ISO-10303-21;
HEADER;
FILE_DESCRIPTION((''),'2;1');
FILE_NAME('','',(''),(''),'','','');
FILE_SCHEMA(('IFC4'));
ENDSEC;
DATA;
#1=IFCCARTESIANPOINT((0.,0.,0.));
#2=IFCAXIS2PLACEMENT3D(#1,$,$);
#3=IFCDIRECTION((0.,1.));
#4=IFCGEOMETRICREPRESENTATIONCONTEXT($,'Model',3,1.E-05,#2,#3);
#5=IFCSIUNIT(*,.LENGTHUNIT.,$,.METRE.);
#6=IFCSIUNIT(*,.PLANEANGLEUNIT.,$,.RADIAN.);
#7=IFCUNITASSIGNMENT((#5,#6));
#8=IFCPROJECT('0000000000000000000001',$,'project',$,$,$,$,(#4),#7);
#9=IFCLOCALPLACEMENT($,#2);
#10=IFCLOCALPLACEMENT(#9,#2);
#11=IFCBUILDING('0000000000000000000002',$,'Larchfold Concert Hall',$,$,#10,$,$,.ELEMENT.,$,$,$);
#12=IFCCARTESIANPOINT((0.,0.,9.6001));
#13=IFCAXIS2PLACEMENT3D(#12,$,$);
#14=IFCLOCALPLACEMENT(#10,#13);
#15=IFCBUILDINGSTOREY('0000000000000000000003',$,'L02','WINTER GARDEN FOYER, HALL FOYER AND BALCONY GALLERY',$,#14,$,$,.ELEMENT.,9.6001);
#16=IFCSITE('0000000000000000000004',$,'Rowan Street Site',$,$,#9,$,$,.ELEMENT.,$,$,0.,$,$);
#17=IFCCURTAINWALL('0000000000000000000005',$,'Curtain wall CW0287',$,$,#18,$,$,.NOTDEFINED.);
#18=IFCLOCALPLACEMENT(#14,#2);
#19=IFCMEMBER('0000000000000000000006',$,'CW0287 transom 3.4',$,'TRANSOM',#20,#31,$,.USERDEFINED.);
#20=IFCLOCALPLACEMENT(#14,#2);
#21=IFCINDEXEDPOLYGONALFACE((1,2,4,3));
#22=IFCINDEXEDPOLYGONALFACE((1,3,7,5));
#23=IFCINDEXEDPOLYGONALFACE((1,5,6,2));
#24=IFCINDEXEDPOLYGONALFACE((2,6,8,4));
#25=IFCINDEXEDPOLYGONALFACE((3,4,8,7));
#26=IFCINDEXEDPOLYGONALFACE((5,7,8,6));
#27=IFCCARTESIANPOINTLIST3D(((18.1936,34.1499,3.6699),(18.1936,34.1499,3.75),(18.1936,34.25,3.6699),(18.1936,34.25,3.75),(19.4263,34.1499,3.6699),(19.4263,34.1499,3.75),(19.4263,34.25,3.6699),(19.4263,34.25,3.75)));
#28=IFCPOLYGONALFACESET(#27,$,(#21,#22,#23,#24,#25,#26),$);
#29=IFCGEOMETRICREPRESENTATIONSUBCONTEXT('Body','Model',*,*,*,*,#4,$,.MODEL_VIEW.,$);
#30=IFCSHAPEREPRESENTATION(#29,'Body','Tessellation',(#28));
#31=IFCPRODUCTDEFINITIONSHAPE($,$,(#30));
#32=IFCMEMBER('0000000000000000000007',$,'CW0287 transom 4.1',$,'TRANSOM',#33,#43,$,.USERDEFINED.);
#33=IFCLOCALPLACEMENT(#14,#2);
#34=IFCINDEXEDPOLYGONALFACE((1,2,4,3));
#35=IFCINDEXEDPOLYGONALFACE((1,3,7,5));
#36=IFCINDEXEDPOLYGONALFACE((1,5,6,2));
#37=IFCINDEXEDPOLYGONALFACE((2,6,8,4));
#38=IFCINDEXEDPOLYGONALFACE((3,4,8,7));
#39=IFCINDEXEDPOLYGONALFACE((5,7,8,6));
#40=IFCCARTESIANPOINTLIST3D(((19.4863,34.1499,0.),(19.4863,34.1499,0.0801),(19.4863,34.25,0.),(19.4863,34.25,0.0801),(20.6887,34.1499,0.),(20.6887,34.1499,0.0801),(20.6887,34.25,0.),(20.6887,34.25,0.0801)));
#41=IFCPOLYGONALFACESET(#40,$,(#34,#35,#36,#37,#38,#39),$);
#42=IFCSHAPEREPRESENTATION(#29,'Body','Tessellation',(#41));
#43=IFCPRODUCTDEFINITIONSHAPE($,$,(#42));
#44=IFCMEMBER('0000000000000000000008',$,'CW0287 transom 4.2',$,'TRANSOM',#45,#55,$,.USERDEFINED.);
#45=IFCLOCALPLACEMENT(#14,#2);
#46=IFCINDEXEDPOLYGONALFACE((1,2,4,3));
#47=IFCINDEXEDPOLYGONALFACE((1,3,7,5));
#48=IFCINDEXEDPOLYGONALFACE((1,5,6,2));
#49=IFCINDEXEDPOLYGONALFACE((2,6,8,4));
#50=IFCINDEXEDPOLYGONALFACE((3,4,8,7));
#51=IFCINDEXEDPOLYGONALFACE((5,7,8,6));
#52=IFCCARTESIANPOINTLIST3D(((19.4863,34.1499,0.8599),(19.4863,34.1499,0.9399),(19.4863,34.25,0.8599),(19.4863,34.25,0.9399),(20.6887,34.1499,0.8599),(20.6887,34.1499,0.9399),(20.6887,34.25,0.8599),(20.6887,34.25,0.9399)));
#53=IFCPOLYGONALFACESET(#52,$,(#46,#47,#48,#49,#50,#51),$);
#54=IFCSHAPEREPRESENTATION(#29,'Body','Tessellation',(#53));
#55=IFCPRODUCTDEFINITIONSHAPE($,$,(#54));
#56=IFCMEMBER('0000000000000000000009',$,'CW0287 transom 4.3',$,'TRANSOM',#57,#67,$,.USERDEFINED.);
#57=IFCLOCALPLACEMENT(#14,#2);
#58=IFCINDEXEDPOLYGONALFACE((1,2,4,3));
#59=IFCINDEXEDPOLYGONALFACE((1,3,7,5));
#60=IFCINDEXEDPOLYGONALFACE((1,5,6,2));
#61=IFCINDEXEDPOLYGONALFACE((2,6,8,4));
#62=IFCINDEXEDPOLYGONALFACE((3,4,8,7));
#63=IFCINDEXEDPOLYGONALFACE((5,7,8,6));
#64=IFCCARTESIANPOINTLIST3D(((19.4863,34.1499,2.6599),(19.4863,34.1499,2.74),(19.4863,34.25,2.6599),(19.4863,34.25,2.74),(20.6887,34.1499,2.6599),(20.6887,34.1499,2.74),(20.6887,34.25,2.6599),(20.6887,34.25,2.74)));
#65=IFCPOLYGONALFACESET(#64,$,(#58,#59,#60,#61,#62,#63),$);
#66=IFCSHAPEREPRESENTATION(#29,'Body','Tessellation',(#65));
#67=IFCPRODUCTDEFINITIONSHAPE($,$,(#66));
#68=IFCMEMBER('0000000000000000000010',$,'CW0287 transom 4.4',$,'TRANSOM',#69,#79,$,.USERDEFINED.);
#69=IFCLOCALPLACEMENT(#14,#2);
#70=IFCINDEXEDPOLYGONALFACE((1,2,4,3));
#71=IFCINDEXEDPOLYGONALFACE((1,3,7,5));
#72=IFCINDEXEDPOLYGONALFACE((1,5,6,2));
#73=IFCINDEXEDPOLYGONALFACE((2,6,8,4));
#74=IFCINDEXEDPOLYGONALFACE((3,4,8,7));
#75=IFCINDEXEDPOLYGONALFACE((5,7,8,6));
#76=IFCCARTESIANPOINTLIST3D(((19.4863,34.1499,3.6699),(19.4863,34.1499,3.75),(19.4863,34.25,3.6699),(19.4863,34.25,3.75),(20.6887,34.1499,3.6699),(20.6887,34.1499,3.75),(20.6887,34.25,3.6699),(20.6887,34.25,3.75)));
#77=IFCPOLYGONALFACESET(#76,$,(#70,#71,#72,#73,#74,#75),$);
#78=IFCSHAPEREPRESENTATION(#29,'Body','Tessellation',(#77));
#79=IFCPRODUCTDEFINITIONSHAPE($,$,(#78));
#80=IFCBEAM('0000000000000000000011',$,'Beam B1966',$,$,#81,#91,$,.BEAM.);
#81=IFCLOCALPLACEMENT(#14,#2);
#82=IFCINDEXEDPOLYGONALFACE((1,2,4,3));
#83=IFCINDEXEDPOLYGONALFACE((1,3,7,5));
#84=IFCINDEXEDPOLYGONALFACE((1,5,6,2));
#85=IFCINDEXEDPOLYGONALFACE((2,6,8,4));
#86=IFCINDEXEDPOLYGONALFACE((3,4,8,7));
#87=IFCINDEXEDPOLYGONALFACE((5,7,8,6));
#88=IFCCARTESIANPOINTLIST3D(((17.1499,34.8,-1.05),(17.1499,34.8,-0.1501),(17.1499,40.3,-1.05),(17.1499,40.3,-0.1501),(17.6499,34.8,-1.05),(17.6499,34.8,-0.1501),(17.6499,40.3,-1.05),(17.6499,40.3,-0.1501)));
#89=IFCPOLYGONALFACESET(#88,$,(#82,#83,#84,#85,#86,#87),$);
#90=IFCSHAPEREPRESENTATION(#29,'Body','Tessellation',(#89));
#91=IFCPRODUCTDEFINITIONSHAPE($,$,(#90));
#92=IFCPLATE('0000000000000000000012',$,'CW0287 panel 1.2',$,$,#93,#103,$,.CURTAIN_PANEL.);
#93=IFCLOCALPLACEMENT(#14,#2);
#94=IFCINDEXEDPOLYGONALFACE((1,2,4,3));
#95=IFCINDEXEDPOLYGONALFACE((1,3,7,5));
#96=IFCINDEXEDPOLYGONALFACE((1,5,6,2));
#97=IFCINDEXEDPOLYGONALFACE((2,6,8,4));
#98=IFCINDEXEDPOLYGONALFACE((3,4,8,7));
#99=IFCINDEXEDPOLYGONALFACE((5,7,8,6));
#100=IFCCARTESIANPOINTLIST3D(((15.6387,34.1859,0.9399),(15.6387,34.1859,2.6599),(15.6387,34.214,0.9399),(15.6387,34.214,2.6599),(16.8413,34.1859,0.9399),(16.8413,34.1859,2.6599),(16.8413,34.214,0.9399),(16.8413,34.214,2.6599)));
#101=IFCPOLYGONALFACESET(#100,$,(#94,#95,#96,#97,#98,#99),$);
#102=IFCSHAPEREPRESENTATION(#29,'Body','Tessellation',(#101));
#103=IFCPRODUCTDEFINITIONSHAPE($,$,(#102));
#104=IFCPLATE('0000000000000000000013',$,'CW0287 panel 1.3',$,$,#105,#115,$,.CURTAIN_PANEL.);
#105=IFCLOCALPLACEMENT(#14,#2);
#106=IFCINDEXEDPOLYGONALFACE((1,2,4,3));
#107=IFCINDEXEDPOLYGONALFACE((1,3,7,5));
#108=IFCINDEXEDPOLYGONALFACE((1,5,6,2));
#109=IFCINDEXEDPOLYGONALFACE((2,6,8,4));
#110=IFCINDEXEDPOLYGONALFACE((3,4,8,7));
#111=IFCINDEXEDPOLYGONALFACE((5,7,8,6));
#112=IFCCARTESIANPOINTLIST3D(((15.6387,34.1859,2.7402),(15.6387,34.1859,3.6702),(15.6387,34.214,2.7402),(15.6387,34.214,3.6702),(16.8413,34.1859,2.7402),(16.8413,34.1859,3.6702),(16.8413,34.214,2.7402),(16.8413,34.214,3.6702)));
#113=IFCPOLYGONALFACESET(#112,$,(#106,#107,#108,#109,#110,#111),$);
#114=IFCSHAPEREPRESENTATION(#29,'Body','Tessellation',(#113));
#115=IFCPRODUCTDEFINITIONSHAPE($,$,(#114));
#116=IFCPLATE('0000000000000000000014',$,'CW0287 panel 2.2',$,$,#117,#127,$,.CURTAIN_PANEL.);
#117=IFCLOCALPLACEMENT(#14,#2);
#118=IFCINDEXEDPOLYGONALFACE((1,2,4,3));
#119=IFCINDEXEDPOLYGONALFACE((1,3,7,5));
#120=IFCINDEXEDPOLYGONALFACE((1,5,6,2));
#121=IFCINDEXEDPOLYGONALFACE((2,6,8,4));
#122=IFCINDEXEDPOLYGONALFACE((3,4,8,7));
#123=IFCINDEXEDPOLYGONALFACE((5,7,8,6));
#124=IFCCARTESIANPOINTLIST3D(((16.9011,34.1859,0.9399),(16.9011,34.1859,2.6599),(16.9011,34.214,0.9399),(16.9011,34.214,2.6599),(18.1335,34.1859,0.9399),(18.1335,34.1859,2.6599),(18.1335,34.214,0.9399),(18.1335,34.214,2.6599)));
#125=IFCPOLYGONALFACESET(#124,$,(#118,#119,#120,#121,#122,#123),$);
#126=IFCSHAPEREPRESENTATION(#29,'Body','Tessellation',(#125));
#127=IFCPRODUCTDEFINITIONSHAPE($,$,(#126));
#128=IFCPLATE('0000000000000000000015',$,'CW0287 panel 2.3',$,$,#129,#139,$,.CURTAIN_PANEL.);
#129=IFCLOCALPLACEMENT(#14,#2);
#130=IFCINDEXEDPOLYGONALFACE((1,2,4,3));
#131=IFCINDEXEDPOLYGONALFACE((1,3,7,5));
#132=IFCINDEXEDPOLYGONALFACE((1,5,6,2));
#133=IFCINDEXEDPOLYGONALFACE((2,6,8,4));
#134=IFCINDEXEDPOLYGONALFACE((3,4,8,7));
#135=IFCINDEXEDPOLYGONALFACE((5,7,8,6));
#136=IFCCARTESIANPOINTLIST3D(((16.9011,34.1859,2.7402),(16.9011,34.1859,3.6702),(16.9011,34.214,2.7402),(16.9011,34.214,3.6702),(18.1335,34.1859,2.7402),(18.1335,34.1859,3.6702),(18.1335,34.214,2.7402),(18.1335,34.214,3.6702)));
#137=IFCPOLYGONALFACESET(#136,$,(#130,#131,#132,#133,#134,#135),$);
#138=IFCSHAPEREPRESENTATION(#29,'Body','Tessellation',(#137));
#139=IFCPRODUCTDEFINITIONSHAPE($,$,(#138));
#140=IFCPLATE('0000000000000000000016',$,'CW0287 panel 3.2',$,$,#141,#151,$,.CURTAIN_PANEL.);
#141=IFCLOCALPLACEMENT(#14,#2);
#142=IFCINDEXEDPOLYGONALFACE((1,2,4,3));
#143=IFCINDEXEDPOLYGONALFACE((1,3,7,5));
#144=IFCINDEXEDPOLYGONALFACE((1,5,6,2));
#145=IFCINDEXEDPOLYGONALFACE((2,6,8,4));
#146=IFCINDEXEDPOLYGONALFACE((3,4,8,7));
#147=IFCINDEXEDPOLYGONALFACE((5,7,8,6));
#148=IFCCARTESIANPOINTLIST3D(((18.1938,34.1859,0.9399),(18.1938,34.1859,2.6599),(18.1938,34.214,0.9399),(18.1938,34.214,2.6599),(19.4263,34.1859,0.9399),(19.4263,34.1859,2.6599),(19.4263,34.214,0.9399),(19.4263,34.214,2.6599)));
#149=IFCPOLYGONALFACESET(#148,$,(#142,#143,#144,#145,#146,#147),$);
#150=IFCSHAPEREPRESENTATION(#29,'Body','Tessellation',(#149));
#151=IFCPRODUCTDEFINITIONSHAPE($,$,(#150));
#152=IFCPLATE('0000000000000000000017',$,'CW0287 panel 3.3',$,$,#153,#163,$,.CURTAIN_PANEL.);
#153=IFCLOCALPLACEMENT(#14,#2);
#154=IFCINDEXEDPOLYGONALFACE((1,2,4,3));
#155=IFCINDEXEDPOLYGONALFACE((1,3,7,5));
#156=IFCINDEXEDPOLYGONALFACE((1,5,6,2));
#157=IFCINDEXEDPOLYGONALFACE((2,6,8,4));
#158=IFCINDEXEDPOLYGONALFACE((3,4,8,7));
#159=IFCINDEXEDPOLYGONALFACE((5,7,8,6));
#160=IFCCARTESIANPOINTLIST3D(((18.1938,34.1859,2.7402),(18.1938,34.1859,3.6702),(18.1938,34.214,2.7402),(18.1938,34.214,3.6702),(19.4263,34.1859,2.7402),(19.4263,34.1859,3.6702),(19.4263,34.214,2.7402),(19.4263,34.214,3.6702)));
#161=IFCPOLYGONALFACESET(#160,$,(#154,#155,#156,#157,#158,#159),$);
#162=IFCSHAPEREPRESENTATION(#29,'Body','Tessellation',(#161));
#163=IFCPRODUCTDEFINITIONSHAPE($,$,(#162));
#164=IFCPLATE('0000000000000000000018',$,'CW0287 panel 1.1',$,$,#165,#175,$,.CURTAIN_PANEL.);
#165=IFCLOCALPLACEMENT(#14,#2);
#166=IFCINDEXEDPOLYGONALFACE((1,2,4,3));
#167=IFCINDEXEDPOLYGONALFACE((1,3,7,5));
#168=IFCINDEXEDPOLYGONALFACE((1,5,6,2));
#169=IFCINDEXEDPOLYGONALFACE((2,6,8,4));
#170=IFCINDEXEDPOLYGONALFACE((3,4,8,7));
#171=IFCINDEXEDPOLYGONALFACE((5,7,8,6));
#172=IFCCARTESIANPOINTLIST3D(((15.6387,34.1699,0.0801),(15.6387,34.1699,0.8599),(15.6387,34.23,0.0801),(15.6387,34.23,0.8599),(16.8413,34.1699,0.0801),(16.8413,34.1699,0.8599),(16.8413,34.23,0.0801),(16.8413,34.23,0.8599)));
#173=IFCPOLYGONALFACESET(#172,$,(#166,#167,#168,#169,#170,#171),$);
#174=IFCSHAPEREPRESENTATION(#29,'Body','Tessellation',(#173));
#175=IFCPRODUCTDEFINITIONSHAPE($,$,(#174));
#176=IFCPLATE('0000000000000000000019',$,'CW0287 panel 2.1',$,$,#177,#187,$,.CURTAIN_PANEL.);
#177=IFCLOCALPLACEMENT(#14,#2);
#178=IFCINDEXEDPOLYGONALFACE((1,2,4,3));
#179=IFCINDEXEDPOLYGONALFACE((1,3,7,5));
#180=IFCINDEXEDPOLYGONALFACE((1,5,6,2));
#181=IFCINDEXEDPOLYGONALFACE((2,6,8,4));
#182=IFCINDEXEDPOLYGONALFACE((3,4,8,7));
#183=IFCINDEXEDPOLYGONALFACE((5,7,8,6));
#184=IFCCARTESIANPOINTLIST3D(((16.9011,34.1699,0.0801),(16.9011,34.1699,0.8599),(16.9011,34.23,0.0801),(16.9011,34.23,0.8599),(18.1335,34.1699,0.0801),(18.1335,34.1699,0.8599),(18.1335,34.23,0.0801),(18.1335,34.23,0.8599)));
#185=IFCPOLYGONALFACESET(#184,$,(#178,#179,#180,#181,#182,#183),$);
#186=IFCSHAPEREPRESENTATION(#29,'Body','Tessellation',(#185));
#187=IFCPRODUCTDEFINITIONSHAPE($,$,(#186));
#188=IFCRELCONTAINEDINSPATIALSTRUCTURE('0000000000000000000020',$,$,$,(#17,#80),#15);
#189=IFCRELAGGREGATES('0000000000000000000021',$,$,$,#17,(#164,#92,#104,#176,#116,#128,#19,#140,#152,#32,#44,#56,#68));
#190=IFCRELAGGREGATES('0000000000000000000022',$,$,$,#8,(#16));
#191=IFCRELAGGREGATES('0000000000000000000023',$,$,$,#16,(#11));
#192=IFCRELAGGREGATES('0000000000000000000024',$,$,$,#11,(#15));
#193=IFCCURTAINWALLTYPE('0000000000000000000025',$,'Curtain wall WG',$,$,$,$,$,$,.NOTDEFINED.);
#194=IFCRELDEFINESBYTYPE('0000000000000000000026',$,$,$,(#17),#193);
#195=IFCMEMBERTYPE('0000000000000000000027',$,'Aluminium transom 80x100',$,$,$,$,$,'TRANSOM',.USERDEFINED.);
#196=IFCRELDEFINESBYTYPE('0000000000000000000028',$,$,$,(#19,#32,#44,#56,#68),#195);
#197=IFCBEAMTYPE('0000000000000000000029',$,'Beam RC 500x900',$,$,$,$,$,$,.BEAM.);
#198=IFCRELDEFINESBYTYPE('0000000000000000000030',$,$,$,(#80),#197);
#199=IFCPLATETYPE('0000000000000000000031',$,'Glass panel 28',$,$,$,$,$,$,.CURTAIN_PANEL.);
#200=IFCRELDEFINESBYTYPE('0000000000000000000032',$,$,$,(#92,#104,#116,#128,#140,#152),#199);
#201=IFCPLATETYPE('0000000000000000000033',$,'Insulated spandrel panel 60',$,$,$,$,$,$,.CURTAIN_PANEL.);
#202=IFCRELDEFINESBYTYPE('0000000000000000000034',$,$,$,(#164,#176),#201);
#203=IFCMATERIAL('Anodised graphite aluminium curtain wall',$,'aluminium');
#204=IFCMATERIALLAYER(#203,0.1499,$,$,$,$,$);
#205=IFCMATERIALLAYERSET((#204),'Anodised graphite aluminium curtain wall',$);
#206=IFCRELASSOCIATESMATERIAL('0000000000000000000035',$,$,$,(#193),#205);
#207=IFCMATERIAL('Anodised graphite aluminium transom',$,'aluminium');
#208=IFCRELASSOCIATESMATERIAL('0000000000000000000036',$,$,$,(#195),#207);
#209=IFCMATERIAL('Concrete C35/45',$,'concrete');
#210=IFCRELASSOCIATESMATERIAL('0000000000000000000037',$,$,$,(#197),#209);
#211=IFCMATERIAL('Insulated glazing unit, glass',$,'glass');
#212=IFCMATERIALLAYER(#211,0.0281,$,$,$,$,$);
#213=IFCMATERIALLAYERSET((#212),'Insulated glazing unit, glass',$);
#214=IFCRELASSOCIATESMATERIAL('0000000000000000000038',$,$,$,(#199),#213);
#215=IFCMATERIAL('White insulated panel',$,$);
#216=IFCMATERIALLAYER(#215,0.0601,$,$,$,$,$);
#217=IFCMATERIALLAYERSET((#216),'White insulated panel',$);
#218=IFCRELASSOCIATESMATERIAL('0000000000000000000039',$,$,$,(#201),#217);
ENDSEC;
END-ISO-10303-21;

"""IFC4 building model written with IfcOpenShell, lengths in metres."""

from ifc_helpers import new_model, si_unit, direction, frame, origin, origin_2d, place, context, subcontext, project, spatial, rectangle, extrude, material, layer, layer_set, material_profile, profile_set, type_object, element, aggregate, save


model = new_model("IFC4")

# Units and contexts
model_context = context("Model", 3, precision=1e-05, world=origin(), true_north=direction((0.0, 1.0)))
body_context = subcontext(model_context, "Body", "Model", "MODEL_VIEW")
ifc_project = project(units=[si_unit("LENGTHUNIT", "METRE"), si_unit("PLANEANGLEUNIT", "RADIAN")], contexts=[model_context])

# Site, building, storey
site_placement = place(None, origin())
site = spatial("IfcSite", under=ifc_project, at=site_placement, Name="Rowan Street Site", CompositionType="ELEMENT", RefElevation=0.0)
building_placement = place(site_placement, origin())
building = spatial("IfcBuilding", under=site, at=building_placement, Name="Larchfold Concert Hall", CompositionType="ELEMENT")
storey_placement = place(building_placement, frame((0.0, 0.0, 9.6001)))
storey = spatial("IfcBuildingStorey", under=building, at=storey_placement, Name="L02", Description="WINTER GARDEN FOYER, HALL FOYER AND BALCONY GALLERY", CompositionType="ELEMENT", Elevation=9.6001)

# Curtain wall, members
ifc_material_1 = material(Name="Anodised graphite aluminium curtain wall", Category="aluminium")
ifc_layer_1 = layer(ifc_material_1, 0.1499)
ifc_layer_set_1 = layer_set([ifc_layer_1], Name="Anodised graphite aluminium curtain wall")
curtain_wall_type = type_object("IfcCurtainWallType", Name="Curtain wall WG", PredefinedType="NOTDEFINED", material=ifc_layer_set_1)
curtain_wall_placement = place(storey_placement, origin())
curtain_wall = element("IfcCurtainWall", 1, at=curtain_wall_placement, inside=storey, type_object=curtain_wall_type, Name="Curtain wall CW0287", PredefinedType="NOTDEFINED")
ifc_material_2 = material(Name="Anodised graphite aluminium transom", Category="aluminium")
ifc_material_profile_1 = material_profile(ifc_material_2, rectangle(XDim=0.1001, YDim=0.0801, at=origin_2d()))
ifc_profile_set_1 = profile_set([ifc_material_profile_1], Name="Anodised graphite aluminium transom")
member_type_1 = type_object("IfcMemberType", Name="Aluminium transom 80x100", ElementType="TRANSOM", PredefinedType="USERDEFINED", material=ifc_profile_set_1)
member_1_placement = place(storey_placement, frame((18.1936, 34.2, 3.71), z_axis=(1.0, 0.0, 0.0), x_axis=(0.0, 1.0, 0.0)))
member_1 = element("IfcMember", 2, at=member_1_placement, type_object=member_type_1, Name="CW0287 transom 3.4", ObjectType="TRANSOM", PredefinedType="USERDEFINED", context=body_context, shape_type="SweptSolid", body=[
    extrude(rectangle(XDim=0.1001, YDim=0.0801, at=origin_2d()), origin(), (0.0, 0.0, 1.0), 1.2327),
])
member_2_placement = place(storey_placement, frame((19.4863, 34.2, 0.04), z_axis=(1.0, 0.0, 0.0), x_axis=(0.0, 1.0, 0.0)))
member_2 = element("IfcMember", 3, at=member_2_placement, type_object=member_type_1, Name="CW0287 transom 4.1", ObjectType="TRANSOM", PredefinedType="USERDEFINED", context=body_context, shape_type="SweptSolid", body=[
    extrude(rectangle(XDim=0.1001, YDim=0.0801, at=origin_2d()), origin(), (0.0, 0.0, 1.0), 1.2024),
])
member_3_placement = place(storey_placement, frame((19.4863, 34.2, 0.8999), z_axis=(1.0, 0.0, 0.0), x_axis=(0.0, 1.0, 0.0)))
member_3 = element("IfcMember", 4, at=member_3_placement, type_object=member_type_1, Name="CW0287 transom 4.2", ObjectType="TRANSOM", PredefinedType="USERDEFINED", context=body_context, shape_type="SweptSolid", body=[
    extrude(rectangle(XDim=0.1001, YDim=0.0801, at=origin_2d()), origin(), (0.0, 0.0, 1.0), 1.2024),
])
member_4_placement = place(storey_placement, frame((19.4863, 34.2, 2.7), z_axis=(1.0, 0.0, 0.0), x_axis=(0.0, 1.0, 0.0)))
member_4 = element("IfcMember", 5, at=member_4_placement, type_object=member_type_1, Name="CW0287 transom 4.3", ObjectType="TRANSOM", PredefinedType="USERDEFINED", context=body_context, shape_type="SweptSolid", body=[
    extrude(rectangle(XDim=0.1001, YDim=0.0801, at=origin_2d()), origin(), (0.0, 0.0, 1.0), 1.2024),
])
member_5_placement = place(storey_placement, frame((19.4863, 34.2, 3.71), z_axis=(1.0, 0.0, 0.0), x_axis=(0.0, 1.0, 0.0)))
member_5 = element("IfcMember", 6, at=member_5_placement, type_object=member_type_1, Name="CW0287 transom 4.4", ObjectType="TRANSOM", PredefinedType="USERDEFINED", context=body_context, shape_type="SweptSolid", body=[
    extrude(rectangle(XDim=0.1001, YDim=0.0801, at=origin_2d()), origin(), (0.0, 0.0, 1.0), 1.2024),
])

# Beam
ifc_material_3 = material(Name="Concrete C35/45", Category="concrete")
ifc_material_profile_2 = material_profile(ifc_material_3, rectangle(XDim=0.5, YDim=0.8999, at=origin_2d()))
ifc_profile_set_2 = profile_set([ifc_material_profile_2], Name="Concrete C35/45")
beam_type = type_object("IfcBeamType", Name="Beam RC 500x900", PredefinedType="BEAM", material=ifc_profile_set_2)
beam_placement = place(storey_placement, frame((17.3999, 34.8, -0.6001), z_axis=(0.0, 1.0, 0.0), x_axis=(-1.0, 0.0, 0.0)))
element("IfcBeam", 7, at=beam_placement, inside=storey, type_object=beam_type, Name="Beam B1966", PredefinedType="BEAM", context=body_context, shape_type="SweptSolid", body=[
    extrude(rectangle(XDim=0.5, YDim=0.8999, at=origin_2d()), origin(), (0.0, 0.0, 1.0), 5.5),
])

# Plates
ifc_material_4 = material(Name="Insulated glazing unit, glass", Category="glass")
ifc_layer_2 = layer(ifc_material_4, 0.0281)
ifc_layer_set_2 = layer_set([ifc_layer_2], Name="Insulated glazing unit, glass")
plate_type_1 = type_object("IfcPlateType", Name="Glass panel 28", PredefinedType="CURTAIN_PANEL", material=ifc_layer_set_2)
plate_1_placement = place(storey_placement, frame((16.24, 34.2, 0.9399), z_axis=(0.0, 0.0, 1.0), x_axis=(1.0, 0.0, 0.0)))
plate_1 = element("IfcPlate", 8, at=plate_1_placement, type_object=plate_type_1, Name="CW0287 panel 1.2", PredefinedType="CURTAIN_PANEL", context=body_context, shape_type="SweptSolid", body=[
    extrude(rectangle(XDim=1.2026, YDim=0.0281, at=origin_2d()), origin(), (0.0, 0.0, 1.0), 1.72),
])
plate_2_placement = place(storey_placement, frame((16.24, 34.2, 2.7402), z_axis=(0.0, 0.0, 1.0), x_axis=(1.0, 0.0, 0.0)))
plate_2 = element("IfcPlate", 9, at=plate_2_placement, type_object=plate_type_1, Name="CW0287 panel 1.3", PredefinedType="CURTAIN_PANEL", context=body_context, shape_type="SweptSolid", body=[
    extrude(rectangle(XDim=1.2026, YDim=0.0281, at=origin_2d()), origin(), (0.0, 0.0, 1.0), 0.9299),
])
plate_3_placement = place(storey_placement, frame((17.5173, 34.2, 0.9399), z_axis=(0.0, 0.0, 1.0), x_axis=(1.0, 0.0, 0.0)))
plate_3 = element("IfcPlate", 10, at=plate_3_placement, type_object=plate_type_1, Name="CW0287 panel 2.2", PredefinedType="CURTAIN_PANEL", context=body_context, shape_type="SweptSolid", body=[
    extrude(rectangle(XDim=1.2324, YDim=0.0281, at=origin_2d()), origin(), (0.0, 0.0, 1.0), 1.72),
])
plate_4_placement = place(storey_placement, frame((17.5173, 34.2, 2.7402), z_axis=(0.0, 0.0, 1.0), x_axis=(1.0, 0.0, 0.0)))
plate_4 = element("IfcPlate", 11, at=plate_4_placement, type_object=plate_type_1, Name="CW0287 panel 2.3", PredefinedType="CURTAIN_PANEL", context=body_context, shape_type="SweptSolid", body=[
    extrude(rectangle(XDim=1.2324, YDim=0.0281, at=origin_2d()), origin(), (0.0, 0.0, 1.0), 0.9299),
])
plate_5_placement = place(storey_placement, frame((18.8101, 34.2, 0.9399), z_axis=(0.0, 0.0, 1.0), x_axis=(1.0, 0.0, 0.0)))
plate_5 = element("IfcPlate", 12, at=plate_5_placement, type_object=plate_type_1, Name="CW0287 panel 3.2", PredefinedType="CURTAIN_PANEL", context=body_context, shape_type="SweptSolid", body=[
    extrude(rectangle(XDim=1.2324, YDim=0.0281, at=origin_2d()), origin(), (0.0, 0.0, 1.0), 1.72),
])
plate_6_placement = place(storey_placement, frame((18.8101, 34.2, 2.7402), z_axis=(0.0, 0.0, 1.0), x_axis=(1.0, 0.0, 0.0)))
plate_6 = element("IfcPlate", 13, at=plate_6_placement, type_object=plate_type_1, Name="CW0287 panel 3.3", PredefinedType="CURTAIN_PANEL", context=body_context, shape_type="SweptSolid", body=[
    extrude(rectangle(XDim=1.2324, YDim=0.0281, at=origin_2d()), origin(), (0.0, 0.0, 1.0), 0.9299),
])
ifc_material_5 = material(Name="White insulated panel")
ifc_layer_3 = layer(ifc_material_5, 0.0601)
ifc_layer_set_3 = layer_set([ifc_layer_3], Name="White insulated panel")
plate_type_2 = type_object("IfcPlateType", Name="Insulated spandrel panel 60", PredefinedType="CURTAIN_PANEL", material=ifc_layer_set_3)
plate_7_placement = place(storey_placement, frame((16.24, 34.2, 0.0801), z_axis=(0.0, 0.0, 1.0), x_axis=(1.0, 0.0, 0.0)))
plate_7 = element("IfcPlate", 14, at=plate_7_placement, type_object=plate_type_2, Name="CW0287 panel 1.1", PredefinedType="CURTAIN_PANEL", context=body_context, shape_type="SweptSolid", body=[
    extrude(rectangle(XDim=1.2026, YDim=0.0601, at=origin_2d()), origin(), (0.0, 0.0, 1.0), 0.7798),
])
plate_8_placement = place(storey_placement, frame((17.5173, 34.2, 0.0801), z_axis=(0.0, 0.0, 1.0), x_axis=(1.0, 0.0, 0.0)))
plate_8 = element("IfcPlate", 15, at=plate_8_placement, type_object=plate_type_2, Name="CW0287 panel 2.1", PredefinedType="CURTAIN_PANEL", context=body_context, shape_type="SweptSolid", body=[
    extrude(rectangle(XDim=1.2324, YDim=0.0601, at=origin_2d()), origin(), (0.0, 0.0, 1.0), 0.7798),
])
aggregate(curtain_wall, [plate_7, plate_1, plate_2, plate_8, plate_3, plate_4, member_1, plate_5, plate_6, member_2, member_3, member_4, member_5])

save(model, "model.ifc")
